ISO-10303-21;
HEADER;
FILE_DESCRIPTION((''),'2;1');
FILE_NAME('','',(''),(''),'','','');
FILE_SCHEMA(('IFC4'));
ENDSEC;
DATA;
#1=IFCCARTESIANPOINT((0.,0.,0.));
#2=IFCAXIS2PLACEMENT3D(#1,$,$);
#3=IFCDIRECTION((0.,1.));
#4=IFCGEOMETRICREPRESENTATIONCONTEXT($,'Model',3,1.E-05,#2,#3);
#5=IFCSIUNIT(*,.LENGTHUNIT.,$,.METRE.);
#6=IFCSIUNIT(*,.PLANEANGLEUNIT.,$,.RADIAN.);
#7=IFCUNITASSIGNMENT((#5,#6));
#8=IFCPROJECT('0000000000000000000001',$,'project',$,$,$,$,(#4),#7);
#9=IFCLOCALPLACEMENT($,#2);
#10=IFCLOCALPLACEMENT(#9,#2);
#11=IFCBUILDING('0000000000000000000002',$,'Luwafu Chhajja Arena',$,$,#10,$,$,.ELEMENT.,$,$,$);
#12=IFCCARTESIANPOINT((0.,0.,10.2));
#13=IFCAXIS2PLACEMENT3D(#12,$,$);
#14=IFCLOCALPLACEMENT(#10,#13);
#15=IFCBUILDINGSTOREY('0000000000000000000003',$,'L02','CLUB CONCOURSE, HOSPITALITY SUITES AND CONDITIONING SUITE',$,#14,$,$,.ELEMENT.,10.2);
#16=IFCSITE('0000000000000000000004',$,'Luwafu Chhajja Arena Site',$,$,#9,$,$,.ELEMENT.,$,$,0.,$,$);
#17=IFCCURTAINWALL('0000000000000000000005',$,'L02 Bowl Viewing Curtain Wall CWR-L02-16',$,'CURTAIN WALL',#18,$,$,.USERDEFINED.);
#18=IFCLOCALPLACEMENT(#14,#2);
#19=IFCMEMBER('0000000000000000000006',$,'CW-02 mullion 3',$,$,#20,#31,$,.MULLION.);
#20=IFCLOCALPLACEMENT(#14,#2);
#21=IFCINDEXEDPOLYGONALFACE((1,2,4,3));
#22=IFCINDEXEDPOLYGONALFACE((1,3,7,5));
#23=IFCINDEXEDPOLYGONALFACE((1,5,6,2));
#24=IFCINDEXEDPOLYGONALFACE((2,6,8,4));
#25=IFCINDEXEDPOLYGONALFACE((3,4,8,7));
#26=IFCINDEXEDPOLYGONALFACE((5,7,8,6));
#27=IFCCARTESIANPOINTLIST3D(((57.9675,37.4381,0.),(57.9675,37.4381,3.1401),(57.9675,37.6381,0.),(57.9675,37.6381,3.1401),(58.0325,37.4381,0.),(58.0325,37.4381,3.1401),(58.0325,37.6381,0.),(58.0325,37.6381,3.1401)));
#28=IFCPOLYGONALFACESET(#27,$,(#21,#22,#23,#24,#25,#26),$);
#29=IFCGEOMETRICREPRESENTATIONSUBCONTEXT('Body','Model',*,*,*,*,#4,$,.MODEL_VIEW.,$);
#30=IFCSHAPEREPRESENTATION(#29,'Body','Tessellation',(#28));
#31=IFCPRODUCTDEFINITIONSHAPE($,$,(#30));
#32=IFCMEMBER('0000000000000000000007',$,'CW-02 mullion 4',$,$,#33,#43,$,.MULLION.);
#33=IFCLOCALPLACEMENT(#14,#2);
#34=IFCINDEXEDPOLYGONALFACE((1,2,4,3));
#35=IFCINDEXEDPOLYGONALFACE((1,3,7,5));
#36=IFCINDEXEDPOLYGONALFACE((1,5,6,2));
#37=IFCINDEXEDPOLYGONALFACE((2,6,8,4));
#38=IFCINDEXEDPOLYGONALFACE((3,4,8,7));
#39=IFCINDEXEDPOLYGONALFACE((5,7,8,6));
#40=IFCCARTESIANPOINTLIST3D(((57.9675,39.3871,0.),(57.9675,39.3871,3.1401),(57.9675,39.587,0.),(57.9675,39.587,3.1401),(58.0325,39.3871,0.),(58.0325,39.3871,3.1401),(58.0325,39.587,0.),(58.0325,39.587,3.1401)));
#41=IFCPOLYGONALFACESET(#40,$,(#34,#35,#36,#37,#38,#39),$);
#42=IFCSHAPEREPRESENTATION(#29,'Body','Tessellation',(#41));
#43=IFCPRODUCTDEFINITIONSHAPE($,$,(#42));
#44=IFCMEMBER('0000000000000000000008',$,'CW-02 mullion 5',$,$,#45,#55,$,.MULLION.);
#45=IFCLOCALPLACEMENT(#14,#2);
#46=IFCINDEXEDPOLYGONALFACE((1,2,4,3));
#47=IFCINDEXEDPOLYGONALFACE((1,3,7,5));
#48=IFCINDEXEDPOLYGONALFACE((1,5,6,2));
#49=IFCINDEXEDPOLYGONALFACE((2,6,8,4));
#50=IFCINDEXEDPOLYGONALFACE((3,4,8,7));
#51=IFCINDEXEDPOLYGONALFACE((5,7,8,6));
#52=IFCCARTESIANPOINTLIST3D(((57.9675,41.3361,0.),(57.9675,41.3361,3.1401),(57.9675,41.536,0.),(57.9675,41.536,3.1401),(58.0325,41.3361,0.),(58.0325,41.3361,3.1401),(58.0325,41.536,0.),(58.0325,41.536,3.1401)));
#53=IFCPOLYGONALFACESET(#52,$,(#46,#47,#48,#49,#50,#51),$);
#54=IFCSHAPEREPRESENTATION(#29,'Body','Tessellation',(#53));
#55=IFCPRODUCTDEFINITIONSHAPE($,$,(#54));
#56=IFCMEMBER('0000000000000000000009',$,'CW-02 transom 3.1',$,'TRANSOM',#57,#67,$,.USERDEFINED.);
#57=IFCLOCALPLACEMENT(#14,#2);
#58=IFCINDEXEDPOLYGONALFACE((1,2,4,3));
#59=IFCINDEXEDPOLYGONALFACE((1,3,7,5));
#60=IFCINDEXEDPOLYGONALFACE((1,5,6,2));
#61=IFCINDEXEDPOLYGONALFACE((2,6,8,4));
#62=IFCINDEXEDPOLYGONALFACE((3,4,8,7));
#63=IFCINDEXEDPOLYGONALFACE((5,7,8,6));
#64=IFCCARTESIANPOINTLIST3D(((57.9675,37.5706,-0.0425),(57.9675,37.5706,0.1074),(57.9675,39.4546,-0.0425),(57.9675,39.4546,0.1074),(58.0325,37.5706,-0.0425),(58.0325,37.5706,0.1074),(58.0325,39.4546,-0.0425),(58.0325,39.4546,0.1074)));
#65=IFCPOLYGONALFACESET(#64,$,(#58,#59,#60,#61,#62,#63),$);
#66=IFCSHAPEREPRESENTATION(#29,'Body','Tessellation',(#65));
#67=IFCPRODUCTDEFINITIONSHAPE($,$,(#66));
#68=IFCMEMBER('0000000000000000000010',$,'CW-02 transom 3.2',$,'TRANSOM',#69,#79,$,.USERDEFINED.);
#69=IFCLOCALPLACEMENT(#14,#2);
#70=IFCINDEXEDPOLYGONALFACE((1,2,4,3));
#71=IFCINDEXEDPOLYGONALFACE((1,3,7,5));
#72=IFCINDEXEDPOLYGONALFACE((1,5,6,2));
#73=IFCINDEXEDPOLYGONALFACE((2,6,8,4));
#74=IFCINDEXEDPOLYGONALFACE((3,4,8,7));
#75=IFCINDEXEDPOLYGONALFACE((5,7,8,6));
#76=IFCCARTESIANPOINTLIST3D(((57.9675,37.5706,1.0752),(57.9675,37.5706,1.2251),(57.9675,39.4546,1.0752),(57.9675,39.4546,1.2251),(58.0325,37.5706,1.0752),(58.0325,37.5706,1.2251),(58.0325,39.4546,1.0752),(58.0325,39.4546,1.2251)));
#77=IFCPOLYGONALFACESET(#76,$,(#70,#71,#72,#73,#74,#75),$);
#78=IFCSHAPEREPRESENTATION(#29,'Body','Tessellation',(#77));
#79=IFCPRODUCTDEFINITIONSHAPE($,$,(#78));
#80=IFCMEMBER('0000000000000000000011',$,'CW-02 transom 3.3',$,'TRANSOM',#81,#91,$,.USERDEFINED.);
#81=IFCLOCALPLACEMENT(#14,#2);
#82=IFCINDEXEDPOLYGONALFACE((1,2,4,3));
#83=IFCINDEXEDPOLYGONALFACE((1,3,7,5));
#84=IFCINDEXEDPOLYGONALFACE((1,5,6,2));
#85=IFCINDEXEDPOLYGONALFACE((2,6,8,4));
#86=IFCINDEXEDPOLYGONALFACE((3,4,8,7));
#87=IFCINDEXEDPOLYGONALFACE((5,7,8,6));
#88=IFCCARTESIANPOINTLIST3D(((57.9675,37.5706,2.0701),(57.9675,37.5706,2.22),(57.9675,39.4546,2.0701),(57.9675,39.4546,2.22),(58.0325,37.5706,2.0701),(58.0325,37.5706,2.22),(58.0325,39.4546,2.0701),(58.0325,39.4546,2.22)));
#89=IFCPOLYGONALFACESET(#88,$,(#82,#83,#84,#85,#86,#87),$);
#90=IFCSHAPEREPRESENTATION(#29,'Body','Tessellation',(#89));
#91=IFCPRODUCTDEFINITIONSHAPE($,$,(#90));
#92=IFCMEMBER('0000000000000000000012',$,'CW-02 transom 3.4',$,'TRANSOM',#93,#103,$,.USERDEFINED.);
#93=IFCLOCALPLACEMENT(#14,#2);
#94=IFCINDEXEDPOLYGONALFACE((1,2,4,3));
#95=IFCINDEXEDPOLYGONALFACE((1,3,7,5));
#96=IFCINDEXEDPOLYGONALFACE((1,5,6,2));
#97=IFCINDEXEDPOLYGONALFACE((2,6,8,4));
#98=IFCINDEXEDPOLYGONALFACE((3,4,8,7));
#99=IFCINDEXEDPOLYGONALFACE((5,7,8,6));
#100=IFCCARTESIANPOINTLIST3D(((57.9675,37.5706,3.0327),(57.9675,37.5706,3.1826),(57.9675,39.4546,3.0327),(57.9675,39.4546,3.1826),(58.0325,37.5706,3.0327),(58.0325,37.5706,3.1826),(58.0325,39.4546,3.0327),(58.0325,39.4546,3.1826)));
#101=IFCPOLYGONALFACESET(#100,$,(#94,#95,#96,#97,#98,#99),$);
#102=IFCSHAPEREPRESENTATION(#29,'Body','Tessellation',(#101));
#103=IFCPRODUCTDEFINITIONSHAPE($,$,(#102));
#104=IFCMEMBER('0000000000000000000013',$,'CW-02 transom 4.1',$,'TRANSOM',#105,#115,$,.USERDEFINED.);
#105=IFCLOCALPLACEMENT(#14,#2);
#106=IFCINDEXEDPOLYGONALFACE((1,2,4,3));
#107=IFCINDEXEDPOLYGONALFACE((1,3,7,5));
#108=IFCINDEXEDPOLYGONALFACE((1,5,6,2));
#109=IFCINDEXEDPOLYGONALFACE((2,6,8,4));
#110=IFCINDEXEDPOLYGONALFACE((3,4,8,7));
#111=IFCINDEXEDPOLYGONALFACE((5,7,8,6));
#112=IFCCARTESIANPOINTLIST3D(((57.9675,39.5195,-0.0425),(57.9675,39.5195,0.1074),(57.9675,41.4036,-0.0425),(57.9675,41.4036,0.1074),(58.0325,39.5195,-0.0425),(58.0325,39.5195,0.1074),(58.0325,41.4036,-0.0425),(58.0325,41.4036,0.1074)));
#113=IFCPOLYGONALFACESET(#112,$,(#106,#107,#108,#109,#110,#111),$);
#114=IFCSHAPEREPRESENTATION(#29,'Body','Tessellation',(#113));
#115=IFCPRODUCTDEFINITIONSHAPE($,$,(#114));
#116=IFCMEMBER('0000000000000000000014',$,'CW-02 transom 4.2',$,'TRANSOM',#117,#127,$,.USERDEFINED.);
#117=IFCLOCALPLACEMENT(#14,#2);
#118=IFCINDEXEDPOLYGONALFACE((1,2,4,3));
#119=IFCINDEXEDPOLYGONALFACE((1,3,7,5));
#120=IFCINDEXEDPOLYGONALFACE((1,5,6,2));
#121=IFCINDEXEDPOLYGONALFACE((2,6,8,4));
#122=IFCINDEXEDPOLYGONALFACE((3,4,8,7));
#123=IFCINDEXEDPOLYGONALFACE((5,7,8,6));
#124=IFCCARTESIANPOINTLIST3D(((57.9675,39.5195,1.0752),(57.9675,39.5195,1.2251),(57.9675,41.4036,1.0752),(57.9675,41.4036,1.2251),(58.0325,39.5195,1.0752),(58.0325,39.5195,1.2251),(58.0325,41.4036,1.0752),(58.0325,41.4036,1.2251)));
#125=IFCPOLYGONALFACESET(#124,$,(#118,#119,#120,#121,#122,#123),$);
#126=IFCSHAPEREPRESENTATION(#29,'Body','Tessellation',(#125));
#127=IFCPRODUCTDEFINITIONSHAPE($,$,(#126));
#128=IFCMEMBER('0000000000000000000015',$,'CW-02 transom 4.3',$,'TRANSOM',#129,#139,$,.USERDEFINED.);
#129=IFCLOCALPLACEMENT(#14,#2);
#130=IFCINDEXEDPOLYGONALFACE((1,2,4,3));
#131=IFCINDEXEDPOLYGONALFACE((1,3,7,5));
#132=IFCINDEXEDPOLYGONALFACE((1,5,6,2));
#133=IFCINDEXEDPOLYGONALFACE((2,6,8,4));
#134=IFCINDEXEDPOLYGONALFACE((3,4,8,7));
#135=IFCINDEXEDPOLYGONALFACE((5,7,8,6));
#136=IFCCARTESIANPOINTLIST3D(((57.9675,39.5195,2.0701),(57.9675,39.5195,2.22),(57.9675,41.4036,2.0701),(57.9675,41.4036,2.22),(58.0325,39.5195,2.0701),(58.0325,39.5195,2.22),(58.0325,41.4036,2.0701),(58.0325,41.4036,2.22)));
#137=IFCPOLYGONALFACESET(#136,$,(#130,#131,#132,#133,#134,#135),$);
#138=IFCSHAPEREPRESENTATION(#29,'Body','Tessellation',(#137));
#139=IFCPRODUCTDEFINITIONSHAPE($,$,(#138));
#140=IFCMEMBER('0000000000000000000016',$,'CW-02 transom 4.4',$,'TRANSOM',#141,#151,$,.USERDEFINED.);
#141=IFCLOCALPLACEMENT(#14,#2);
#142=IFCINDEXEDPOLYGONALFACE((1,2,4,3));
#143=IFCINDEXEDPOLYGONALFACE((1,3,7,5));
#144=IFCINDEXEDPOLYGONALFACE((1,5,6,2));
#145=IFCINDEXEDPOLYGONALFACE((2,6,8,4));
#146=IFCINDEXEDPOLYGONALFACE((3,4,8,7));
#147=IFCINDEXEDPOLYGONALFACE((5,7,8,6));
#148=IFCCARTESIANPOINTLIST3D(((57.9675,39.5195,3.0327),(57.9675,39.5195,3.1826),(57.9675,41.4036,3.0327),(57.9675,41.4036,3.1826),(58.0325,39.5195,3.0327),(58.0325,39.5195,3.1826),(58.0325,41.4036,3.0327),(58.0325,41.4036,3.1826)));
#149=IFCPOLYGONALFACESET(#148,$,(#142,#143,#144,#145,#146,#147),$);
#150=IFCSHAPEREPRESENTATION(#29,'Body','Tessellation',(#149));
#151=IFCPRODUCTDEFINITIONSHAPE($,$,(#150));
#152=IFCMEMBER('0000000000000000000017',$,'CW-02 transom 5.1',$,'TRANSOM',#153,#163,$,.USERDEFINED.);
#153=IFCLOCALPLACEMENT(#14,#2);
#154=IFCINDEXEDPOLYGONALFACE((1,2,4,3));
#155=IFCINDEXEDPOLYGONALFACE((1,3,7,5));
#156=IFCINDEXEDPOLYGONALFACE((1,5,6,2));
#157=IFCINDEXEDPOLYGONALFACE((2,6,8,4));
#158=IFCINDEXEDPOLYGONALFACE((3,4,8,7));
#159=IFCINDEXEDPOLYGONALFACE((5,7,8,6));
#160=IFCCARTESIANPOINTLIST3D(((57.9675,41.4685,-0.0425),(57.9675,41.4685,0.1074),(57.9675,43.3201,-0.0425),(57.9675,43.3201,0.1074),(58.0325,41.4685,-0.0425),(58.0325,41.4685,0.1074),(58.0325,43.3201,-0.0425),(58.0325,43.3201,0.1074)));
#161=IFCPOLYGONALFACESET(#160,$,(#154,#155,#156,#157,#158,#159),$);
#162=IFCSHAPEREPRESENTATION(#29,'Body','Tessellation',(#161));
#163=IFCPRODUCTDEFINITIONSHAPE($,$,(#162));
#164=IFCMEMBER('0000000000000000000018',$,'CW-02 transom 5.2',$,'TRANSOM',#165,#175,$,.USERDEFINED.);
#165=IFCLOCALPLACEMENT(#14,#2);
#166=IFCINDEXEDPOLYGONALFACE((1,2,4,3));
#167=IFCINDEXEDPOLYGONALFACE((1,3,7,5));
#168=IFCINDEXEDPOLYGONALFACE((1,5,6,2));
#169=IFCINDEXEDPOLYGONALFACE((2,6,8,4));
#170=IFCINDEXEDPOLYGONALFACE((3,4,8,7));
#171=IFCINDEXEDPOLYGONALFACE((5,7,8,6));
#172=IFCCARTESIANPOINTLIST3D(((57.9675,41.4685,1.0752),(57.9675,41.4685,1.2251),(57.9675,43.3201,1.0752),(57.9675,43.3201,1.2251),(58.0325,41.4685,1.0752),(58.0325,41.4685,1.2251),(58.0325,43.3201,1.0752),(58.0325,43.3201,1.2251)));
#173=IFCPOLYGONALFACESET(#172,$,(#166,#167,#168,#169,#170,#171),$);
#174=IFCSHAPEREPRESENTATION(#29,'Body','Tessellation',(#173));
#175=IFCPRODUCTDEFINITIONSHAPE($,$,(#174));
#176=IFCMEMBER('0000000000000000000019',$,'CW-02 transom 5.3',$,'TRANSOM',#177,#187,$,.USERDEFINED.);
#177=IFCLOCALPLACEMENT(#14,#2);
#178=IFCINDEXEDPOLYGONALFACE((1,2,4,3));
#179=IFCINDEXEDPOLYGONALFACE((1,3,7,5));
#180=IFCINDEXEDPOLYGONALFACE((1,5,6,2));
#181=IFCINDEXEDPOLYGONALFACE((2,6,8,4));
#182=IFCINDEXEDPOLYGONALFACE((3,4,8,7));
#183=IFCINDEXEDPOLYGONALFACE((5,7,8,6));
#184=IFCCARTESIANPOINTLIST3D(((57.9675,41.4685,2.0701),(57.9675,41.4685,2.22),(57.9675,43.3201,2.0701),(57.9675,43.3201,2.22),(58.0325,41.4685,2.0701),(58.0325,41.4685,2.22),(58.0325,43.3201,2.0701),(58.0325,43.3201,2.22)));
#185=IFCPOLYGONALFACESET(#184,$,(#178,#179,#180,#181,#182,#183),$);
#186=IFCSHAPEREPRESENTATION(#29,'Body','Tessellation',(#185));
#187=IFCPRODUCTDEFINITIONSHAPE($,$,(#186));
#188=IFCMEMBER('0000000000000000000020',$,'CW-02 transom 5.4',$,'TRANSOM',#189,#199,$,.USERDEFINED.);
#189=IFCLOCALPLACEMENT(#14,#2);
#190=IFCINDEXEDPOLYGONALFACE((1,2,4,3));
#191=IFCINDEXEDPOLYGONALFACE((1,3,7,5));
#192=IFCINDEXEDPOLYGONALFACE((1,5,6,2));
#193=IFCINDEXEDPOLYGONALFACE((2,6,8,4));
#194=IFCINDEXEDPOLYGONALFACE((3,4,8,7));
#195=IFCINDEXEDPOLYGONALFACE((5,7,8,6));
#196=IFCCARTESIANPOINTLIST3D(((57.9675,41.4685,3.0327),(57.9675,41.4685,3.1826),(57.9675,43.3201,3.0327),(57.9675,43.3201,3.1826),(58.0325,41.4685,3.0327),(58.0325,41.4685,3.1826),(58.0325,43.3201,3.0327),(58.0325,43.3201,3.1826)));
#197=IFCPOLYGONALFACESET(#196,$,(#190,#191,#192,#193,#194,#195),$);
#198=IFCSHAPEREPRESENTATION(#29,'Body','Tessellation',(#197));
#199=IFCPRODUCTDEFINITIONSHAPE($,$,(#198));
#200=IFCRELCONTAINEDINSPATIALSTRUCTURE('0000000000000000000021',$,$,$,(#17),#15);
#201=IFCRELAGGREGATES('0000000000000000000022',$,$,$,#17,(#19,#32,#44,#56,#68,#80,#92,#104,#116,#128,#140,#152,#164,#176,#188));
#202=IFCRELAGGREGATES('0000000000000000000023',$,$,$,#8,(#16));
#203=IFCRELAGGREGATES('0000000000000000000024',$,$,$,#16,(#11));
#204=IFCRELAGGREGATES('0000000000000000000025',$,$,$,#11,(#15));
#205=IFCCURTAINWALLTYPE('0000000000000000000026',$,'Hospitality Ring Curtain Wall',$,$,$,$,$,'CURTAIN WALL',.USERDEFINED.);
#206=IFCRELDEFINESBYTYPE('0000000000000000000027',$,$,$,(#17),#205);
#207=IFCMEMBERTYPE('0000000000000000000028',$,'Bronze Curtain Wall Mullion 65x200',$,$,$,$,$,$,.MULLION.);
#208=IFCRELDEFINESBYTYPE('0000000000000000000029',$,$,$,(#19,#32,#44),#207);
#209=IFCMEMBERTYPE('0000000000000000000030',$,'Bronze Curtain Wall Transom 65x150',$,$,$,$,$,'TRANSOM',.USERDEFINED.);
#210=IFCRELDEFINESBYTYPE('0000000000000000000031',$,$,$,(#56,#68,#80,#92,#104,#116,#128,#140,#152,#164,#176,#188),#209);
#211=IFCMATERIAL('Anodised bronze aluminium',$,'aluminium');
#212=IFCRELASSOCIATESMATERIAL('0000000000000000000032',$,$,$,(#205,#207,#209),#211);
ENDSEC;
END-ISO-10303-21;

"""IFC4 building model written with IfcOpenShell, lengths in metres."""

from ifc_helpers import new_model, si_unit, direction, frame, origin, origin_2d, place, context, subcontext, project, spatial, rectangle, extrude, material, material_profile, profile_set, type_object, element, aggregate, save


model = new_model("IFC4")

# Units and contexts
model_context = context("Model", 3, precision=1e-05, world=origin(), true_north=direction((0.0, 1.0)))
body_context = subcontext(model_context, "Body", "Model", "MODEL_VIEW")
ifc_project = project(units=[si_unit("LENGTHUNIT", "METRE"), si_unit("PLANEANGLEUNIT", "RADIAN")], contexts=[model_context])

# Site, building, storey
site_placement = place(None, origin())
site = spatial("IfcSite", under=ifc_project, at=site_placement, Name="Luwafu Chhajja Arena Site", CompositionType="ELEMENT", RefElevation=0.0)
building_placement = place(site_placement, origin())
building = spatial("IfcBuilding", under=site, at=building_placement, Name="Luwafu Chhajja Arena", CompositionType="ELEMENT")
storey_placement = place(building_placement, frame((0.0, 0.0, 10.2)))
storey = spatial("IfcBuildingStorey", under=building, at=storey_placement, Name="L02", Description="CLUB CONCOURSE, HOSPITALITY SUITES AND CONDITIONING SUITE", CompositionType="ELEMENT", Elevation=10.2)

# Curtain wall, members
ifc_material_1 = material(Name="Anodised bronze aluminium", Category="aluminium")
curtain_wall_type = type_object("IfcCurtainWallType", Name="Hospitality Ring Curtain Wall", ElementType="CURTAIN WALL", PredefinedType="USERDEFINED", material=ifc_material_1)
curtain_wall_placement = place(storey_placement, origin())
curtain_wall = element("IfcCurtainWall", 1, at=curtain_wall_placement, inside=storey, type_object=curtain_wall_type, Name="L02 Bowl Viewing Curtain Wall CWR-L02-16", ObjectType="CURTAIN WALL", PredefinedType="USERDEFINED")
ifc_material_profile_1 = material_profile(ifc_material_1, rectangle(XDim=0.0649, YDim=0.2, at=origin_2d()), Name="CWM 65x200")
ifc_profile_set_1 = profile_set([ifc_material_profile_1], Name="Anodised bronze aluminium")
member_type_1 = type_object("IfcMemberType", Name="Bronze Curtain Wall Mullion 65x200", PredefinedType="MULLION", material=ifc_profile_set_1)
member_1_placement = place(storey_placement, frame((58.0, 37.5381, 0.0), z_axis=(0.0, 0.0, 1.0), x_axis=(-1.0, 0.0, 0.0)))
member_1 = element("IfcMember", 2, at=member_1_placement, type_object=member_type_1, Name="CW-02 mullion 3", PredefinedType="MULLION", context=body_context, shape_type="SweptSolid", body=[
    extrude(rectangle(XDim=0.0649, YDim=0.2, at=origin_2d()), origin(), (0.0, 0.0, 1.0), 3.1401),
])
member_2_placement = place(storey_placement, frame((58.0, 39.4871, 0.0), z_axis=(0.0, 0.0, 1.0), x_axis=(-1.0, 0.0, 0.0)))
member_2 = element("IfcMember", 3, at=member_2_placement, type_object=member_type_1, Name="CW-02 mullion 4", PredefinedType="MULLION", context=body_context, shape_type="SweptSolid", body=[
    extrude(rectangle(XDim=0.0649, YDim=0.2, at=origin_2d()), origin(), (0.0, 0.0, 1.0), 3.1401),
])
member_3_placement = place(storey_placement, frame((58.0, 41.436, 0.0), z_axis=(0.0, 0.0, 1.0), x_axis=(-1.0, 0.0, 0.0)))
member_3 = element("IfcMember", 4, at=member_3_placement, type_object=member_type_1, Name="CW-02 mullion 5", PredefinedType="MULLION", context=body_context, shape_type="SweptSolid", body=[
    extrude(rectangle(XDim=0.0649, YDim=0.2, at=origin_2d()), origin(), (0.0, 0.0, 1.0), 3.1401),
])
ifc_material_profile_2 = material_profile(ifc_material_1, rectangle(XDim=0.0649, YDim=0.1499, at=origin_2d()), Name="CWT 65x150")
ifc_profile_set_2 = profile_set([ifc_material_profile_2], Name="Anodised bronze aluminium")
member_type_2 = type_object("IfcMemberType", Name="Bronze Curtain Wall Transom 65x150", ElementType="TRANSOM", PredefinedType="USERDEFINED", material=ifc_profile_set_2)
member_4_placement = place(storey_placement, frame((58.0, 37.5706, 0.0325), z_axis=(0.0, 1.0, 0.0), x_axis=(-1.0, 0.0, 0.0)))
member_4 = element("IfcMember", 5, at=member_4_placement, type_object=member_type_2, Name="CW-02 transom 3.1", ObjectType="TRANSOM", PredefinedType="USERDEFINED", context=body_context, shape_type="SweptSolid", body=[
    extrude(rectangle(XDim=0.0649, YDim=0.1499, at=origin_2d()), origin(), (0.0, 0.0, 1.0), 1.884),
])
member_5_placement = place(storey_placement, frame((58.0, 37.5706, 1.1501), z_axis=(0.0, 1.0, 0.0), x_axis=(-1.0, 0.0, 0.0)))
member_5 = element("IfcMember", 6, at=member_5_placement, type_object=member_type_2, Name="CW-02 transom 3.2", ObjectType="TRANSOM", PredefinedType="USERDEFINED", context=body_context, shape_type="SweptSolid", body=[
    extrude(rectangle(XDim=0.0649, YDim=0.1499, at=origin_2d()), origin(), (0.0, 0.0, 1.0), 1.884),
])
member_6_placement = place(storey_placement, frame((58.0, 37.5706, 2.145), z_axis=(0.0, 1.0, 0.0), x_axis=(-1.0, 0.0, 0.0)))
member_6 = element("IfcMember", 7, at=member_6_placement, type_object=member_type_2, Name="CW-02 transom 3.3", ObjectType="TRANSOM", PredefinedType="USERDEFINED", context=body_context, shape_type="SweptSolid", body=[
    extrude(rectangle(XDim=0.0649, YDim=0.1499, at=origin_2d()), origin(), (0.0, 0.0, 1.0), 1.884),
])
member_7_placement = place(storey_placement, frame((58.0, 37.5706, 3.1077), z_axis=(0.0, 1.0, 0.0), x_axis=(-1.0, 0.0, 0.0)))
member_7 = element("IfcMember", 8, at=member_7_placement, type_object=member_type_2, Name="CW-02 transom 3.4", ObjectType="TRANSOM", PredefinedType="USERDEFINED", context=body_context, shape_type="SweptSolid", body=[
    extrude(rectangle(XDim=0.0649, YDim=0.1499, at=origin_2d()), origin(), (0.0, 0.0, 1.0), 1.884),
])
member_8_placement = place(storey_placement, frame((58.0, 39.5195, 0.0325), z_axis=(0.0, 1.0, 0.0), x_axis=(-1.0, 0.0, 0.0)))
member_8 = element("IfcMember", 9, at=member_8_placement, type_object=member_type_2, Name="CW-02 transom 4.1", ObjectType="TRANSOM", PredefinedType="USERDEFINED", context=body_context, shape_type="SweptSolid", body=[
    extrude(rectangle(XDim=0.0649, YDim=0.1499, at=origin_2d()), origin(), (0.0, 0.0, 1.0), 1.884),
])
member_9_placement = place(storey_placement, frame((58.0, 39.5195, 1.1501), z_axis=(0.0, 1.0, 0.0), x_axis=(-1.0, 0.0, 0.0)))
member_9 = element("IfcMember", 10, at=member_9_placement, type_object=member_type_2, Name="CW-02 transom 4.2", ObjectType="TRANSOM", PredefinedType="USERDEFINED", context=body_context, shape_type="SweptSolid", body=[
    extrude(rectangle(XDim=0.0649, YDim=0.1499, at=origin_2d()), origin(), (0.0, 0.0, 1.0), 1.884),
])
member_10_placement = place(storey_placement, frame((58.0, 39.5195, 2.145), z_axis=(0.0, 1.0, 0.0), x_axis=(-1.0, 0.0, 0.0)))
member_10 = element("IfcMember", 11, at=member_10_placement, type_object=member_type_2, Name="CW-02 transom 4.3", ObjectType="TRANSOM", PredefinedType="USERDEFINED", context=body_context, shape_type="SweptSolid", body=[
    extrude(rectangle(XDim=0.0649, YDim=0.1499, at=origin_2d()), origin(), (0.0, 0.0, 1.0), 1.884),
])
member_11_placement = place(storey_placement, frame((58.0, 39.5195, 3.1077), z_axis=(0.0, 1.0, 0.0), x_axis=(-1.0, 0.0, 0.0)))
member_11 = element("IfcMember", 12, at=member_11_placement, type_object=member_type_2, Name="CW-02 transom 4.4", ObjectType="TRANSOM", PredefinedType="USERDEFINED", context=body_context, shape_type="SweptSolid", body=[
    extrude(rectangle(XDim=0.0649, YDim=0.1499, at=origin_2d()), origin(), (0.0, 0.0, 1.0), 1.884),
])
member_12_placement = place(storey_placement, frame((58.0, 41.4685, 0.0325), z_axis=(0.0, 1.0, 0.0), x_axis=(-1.0, 0.0, 0.0)))
member_12 = element("IfcMember", 13, at=member_12_placement, type_object=member_type_2, Name="CW-02 transom 5.1", ObjectType="TRANSOM", PredefinedType="USERDEFINED", context=body_context, shape_type="SweptSolid", body=[
    extrude(rectangle(XDim=0.0649, YDim=0.1499, at=origin_2d()), origin(), (0.0, 0.0, 1.0), 1.8516),
])
member_13_placement = place(storey_placement, frame((58.0, 41.4685, 1.1501), z_axis=(0.0, 1.0, 0.0), x_axis=(-1.0, 0.0, 0.0)))
member_13 = element("IfcMember", 14, at=member_13_placement, type_object=member_type_2, Name="CW-02 transom 5.2", ObjectType="TRANSOM", PredefinedType="USERDEFINED", context=body_context, shape_type="SweptSolid", body=[
    extrude(rectangle(XDim=0.0649, YDim=0.1499, at=origin_2d()), origin(), (0.0, 0.0, 1.0), 1.8516),
])
member_14_placement = place(storey_placement, frame((58.0, 41.4685, 2.145), z_axis=(0.0, 1.0, 0.0), x_axis=(-1.0, 0.0, 0.0)))
member_14 = element("IfcMember", 15, at=member_14_placement, type_object=member_type_2, Name="CW-02 transom 5.3", ObjectType="TRANSOM", PredefinedType="USERDEFINED", context=body_context, shape_type="SweptSolid", body=[
    extrude(rectangle(XDim=0.0649, YDim=0.1499, at=origin_2d()), origin(), (0.0, 0.0, 1.0), 1.8516),
])
member_15_placement = place(storey_placement, frame((58.0, 41.4685, 3.1077), z_axis=(0.0, 1.0, 0.0), x_axis=(-1.0, 0.0, 0.0)))
member_15 = element("IfcMember", 16, at=member_15_placement, type_object=member_type_2, Name="CW-02 transom 5.4", ObjectType="TRANSOM", PredefinedType="USERDEFINED", context=body_context, shape_type="SweptSolid", body=[
    extrude(rectangle(XDim=0.0649, YDim=0.1499, at=origin_2d()), origin(), (0.0, 0.0, 1.0), 1.8516),
])
aggregate(curtain_wall, [member_1, member_2, member_3, member_4, member_5, member_6, member_7, member_8, member_9, member_10, member_11, member_12, member_13, member_14, member_15])

save(model, "model.ifc")
